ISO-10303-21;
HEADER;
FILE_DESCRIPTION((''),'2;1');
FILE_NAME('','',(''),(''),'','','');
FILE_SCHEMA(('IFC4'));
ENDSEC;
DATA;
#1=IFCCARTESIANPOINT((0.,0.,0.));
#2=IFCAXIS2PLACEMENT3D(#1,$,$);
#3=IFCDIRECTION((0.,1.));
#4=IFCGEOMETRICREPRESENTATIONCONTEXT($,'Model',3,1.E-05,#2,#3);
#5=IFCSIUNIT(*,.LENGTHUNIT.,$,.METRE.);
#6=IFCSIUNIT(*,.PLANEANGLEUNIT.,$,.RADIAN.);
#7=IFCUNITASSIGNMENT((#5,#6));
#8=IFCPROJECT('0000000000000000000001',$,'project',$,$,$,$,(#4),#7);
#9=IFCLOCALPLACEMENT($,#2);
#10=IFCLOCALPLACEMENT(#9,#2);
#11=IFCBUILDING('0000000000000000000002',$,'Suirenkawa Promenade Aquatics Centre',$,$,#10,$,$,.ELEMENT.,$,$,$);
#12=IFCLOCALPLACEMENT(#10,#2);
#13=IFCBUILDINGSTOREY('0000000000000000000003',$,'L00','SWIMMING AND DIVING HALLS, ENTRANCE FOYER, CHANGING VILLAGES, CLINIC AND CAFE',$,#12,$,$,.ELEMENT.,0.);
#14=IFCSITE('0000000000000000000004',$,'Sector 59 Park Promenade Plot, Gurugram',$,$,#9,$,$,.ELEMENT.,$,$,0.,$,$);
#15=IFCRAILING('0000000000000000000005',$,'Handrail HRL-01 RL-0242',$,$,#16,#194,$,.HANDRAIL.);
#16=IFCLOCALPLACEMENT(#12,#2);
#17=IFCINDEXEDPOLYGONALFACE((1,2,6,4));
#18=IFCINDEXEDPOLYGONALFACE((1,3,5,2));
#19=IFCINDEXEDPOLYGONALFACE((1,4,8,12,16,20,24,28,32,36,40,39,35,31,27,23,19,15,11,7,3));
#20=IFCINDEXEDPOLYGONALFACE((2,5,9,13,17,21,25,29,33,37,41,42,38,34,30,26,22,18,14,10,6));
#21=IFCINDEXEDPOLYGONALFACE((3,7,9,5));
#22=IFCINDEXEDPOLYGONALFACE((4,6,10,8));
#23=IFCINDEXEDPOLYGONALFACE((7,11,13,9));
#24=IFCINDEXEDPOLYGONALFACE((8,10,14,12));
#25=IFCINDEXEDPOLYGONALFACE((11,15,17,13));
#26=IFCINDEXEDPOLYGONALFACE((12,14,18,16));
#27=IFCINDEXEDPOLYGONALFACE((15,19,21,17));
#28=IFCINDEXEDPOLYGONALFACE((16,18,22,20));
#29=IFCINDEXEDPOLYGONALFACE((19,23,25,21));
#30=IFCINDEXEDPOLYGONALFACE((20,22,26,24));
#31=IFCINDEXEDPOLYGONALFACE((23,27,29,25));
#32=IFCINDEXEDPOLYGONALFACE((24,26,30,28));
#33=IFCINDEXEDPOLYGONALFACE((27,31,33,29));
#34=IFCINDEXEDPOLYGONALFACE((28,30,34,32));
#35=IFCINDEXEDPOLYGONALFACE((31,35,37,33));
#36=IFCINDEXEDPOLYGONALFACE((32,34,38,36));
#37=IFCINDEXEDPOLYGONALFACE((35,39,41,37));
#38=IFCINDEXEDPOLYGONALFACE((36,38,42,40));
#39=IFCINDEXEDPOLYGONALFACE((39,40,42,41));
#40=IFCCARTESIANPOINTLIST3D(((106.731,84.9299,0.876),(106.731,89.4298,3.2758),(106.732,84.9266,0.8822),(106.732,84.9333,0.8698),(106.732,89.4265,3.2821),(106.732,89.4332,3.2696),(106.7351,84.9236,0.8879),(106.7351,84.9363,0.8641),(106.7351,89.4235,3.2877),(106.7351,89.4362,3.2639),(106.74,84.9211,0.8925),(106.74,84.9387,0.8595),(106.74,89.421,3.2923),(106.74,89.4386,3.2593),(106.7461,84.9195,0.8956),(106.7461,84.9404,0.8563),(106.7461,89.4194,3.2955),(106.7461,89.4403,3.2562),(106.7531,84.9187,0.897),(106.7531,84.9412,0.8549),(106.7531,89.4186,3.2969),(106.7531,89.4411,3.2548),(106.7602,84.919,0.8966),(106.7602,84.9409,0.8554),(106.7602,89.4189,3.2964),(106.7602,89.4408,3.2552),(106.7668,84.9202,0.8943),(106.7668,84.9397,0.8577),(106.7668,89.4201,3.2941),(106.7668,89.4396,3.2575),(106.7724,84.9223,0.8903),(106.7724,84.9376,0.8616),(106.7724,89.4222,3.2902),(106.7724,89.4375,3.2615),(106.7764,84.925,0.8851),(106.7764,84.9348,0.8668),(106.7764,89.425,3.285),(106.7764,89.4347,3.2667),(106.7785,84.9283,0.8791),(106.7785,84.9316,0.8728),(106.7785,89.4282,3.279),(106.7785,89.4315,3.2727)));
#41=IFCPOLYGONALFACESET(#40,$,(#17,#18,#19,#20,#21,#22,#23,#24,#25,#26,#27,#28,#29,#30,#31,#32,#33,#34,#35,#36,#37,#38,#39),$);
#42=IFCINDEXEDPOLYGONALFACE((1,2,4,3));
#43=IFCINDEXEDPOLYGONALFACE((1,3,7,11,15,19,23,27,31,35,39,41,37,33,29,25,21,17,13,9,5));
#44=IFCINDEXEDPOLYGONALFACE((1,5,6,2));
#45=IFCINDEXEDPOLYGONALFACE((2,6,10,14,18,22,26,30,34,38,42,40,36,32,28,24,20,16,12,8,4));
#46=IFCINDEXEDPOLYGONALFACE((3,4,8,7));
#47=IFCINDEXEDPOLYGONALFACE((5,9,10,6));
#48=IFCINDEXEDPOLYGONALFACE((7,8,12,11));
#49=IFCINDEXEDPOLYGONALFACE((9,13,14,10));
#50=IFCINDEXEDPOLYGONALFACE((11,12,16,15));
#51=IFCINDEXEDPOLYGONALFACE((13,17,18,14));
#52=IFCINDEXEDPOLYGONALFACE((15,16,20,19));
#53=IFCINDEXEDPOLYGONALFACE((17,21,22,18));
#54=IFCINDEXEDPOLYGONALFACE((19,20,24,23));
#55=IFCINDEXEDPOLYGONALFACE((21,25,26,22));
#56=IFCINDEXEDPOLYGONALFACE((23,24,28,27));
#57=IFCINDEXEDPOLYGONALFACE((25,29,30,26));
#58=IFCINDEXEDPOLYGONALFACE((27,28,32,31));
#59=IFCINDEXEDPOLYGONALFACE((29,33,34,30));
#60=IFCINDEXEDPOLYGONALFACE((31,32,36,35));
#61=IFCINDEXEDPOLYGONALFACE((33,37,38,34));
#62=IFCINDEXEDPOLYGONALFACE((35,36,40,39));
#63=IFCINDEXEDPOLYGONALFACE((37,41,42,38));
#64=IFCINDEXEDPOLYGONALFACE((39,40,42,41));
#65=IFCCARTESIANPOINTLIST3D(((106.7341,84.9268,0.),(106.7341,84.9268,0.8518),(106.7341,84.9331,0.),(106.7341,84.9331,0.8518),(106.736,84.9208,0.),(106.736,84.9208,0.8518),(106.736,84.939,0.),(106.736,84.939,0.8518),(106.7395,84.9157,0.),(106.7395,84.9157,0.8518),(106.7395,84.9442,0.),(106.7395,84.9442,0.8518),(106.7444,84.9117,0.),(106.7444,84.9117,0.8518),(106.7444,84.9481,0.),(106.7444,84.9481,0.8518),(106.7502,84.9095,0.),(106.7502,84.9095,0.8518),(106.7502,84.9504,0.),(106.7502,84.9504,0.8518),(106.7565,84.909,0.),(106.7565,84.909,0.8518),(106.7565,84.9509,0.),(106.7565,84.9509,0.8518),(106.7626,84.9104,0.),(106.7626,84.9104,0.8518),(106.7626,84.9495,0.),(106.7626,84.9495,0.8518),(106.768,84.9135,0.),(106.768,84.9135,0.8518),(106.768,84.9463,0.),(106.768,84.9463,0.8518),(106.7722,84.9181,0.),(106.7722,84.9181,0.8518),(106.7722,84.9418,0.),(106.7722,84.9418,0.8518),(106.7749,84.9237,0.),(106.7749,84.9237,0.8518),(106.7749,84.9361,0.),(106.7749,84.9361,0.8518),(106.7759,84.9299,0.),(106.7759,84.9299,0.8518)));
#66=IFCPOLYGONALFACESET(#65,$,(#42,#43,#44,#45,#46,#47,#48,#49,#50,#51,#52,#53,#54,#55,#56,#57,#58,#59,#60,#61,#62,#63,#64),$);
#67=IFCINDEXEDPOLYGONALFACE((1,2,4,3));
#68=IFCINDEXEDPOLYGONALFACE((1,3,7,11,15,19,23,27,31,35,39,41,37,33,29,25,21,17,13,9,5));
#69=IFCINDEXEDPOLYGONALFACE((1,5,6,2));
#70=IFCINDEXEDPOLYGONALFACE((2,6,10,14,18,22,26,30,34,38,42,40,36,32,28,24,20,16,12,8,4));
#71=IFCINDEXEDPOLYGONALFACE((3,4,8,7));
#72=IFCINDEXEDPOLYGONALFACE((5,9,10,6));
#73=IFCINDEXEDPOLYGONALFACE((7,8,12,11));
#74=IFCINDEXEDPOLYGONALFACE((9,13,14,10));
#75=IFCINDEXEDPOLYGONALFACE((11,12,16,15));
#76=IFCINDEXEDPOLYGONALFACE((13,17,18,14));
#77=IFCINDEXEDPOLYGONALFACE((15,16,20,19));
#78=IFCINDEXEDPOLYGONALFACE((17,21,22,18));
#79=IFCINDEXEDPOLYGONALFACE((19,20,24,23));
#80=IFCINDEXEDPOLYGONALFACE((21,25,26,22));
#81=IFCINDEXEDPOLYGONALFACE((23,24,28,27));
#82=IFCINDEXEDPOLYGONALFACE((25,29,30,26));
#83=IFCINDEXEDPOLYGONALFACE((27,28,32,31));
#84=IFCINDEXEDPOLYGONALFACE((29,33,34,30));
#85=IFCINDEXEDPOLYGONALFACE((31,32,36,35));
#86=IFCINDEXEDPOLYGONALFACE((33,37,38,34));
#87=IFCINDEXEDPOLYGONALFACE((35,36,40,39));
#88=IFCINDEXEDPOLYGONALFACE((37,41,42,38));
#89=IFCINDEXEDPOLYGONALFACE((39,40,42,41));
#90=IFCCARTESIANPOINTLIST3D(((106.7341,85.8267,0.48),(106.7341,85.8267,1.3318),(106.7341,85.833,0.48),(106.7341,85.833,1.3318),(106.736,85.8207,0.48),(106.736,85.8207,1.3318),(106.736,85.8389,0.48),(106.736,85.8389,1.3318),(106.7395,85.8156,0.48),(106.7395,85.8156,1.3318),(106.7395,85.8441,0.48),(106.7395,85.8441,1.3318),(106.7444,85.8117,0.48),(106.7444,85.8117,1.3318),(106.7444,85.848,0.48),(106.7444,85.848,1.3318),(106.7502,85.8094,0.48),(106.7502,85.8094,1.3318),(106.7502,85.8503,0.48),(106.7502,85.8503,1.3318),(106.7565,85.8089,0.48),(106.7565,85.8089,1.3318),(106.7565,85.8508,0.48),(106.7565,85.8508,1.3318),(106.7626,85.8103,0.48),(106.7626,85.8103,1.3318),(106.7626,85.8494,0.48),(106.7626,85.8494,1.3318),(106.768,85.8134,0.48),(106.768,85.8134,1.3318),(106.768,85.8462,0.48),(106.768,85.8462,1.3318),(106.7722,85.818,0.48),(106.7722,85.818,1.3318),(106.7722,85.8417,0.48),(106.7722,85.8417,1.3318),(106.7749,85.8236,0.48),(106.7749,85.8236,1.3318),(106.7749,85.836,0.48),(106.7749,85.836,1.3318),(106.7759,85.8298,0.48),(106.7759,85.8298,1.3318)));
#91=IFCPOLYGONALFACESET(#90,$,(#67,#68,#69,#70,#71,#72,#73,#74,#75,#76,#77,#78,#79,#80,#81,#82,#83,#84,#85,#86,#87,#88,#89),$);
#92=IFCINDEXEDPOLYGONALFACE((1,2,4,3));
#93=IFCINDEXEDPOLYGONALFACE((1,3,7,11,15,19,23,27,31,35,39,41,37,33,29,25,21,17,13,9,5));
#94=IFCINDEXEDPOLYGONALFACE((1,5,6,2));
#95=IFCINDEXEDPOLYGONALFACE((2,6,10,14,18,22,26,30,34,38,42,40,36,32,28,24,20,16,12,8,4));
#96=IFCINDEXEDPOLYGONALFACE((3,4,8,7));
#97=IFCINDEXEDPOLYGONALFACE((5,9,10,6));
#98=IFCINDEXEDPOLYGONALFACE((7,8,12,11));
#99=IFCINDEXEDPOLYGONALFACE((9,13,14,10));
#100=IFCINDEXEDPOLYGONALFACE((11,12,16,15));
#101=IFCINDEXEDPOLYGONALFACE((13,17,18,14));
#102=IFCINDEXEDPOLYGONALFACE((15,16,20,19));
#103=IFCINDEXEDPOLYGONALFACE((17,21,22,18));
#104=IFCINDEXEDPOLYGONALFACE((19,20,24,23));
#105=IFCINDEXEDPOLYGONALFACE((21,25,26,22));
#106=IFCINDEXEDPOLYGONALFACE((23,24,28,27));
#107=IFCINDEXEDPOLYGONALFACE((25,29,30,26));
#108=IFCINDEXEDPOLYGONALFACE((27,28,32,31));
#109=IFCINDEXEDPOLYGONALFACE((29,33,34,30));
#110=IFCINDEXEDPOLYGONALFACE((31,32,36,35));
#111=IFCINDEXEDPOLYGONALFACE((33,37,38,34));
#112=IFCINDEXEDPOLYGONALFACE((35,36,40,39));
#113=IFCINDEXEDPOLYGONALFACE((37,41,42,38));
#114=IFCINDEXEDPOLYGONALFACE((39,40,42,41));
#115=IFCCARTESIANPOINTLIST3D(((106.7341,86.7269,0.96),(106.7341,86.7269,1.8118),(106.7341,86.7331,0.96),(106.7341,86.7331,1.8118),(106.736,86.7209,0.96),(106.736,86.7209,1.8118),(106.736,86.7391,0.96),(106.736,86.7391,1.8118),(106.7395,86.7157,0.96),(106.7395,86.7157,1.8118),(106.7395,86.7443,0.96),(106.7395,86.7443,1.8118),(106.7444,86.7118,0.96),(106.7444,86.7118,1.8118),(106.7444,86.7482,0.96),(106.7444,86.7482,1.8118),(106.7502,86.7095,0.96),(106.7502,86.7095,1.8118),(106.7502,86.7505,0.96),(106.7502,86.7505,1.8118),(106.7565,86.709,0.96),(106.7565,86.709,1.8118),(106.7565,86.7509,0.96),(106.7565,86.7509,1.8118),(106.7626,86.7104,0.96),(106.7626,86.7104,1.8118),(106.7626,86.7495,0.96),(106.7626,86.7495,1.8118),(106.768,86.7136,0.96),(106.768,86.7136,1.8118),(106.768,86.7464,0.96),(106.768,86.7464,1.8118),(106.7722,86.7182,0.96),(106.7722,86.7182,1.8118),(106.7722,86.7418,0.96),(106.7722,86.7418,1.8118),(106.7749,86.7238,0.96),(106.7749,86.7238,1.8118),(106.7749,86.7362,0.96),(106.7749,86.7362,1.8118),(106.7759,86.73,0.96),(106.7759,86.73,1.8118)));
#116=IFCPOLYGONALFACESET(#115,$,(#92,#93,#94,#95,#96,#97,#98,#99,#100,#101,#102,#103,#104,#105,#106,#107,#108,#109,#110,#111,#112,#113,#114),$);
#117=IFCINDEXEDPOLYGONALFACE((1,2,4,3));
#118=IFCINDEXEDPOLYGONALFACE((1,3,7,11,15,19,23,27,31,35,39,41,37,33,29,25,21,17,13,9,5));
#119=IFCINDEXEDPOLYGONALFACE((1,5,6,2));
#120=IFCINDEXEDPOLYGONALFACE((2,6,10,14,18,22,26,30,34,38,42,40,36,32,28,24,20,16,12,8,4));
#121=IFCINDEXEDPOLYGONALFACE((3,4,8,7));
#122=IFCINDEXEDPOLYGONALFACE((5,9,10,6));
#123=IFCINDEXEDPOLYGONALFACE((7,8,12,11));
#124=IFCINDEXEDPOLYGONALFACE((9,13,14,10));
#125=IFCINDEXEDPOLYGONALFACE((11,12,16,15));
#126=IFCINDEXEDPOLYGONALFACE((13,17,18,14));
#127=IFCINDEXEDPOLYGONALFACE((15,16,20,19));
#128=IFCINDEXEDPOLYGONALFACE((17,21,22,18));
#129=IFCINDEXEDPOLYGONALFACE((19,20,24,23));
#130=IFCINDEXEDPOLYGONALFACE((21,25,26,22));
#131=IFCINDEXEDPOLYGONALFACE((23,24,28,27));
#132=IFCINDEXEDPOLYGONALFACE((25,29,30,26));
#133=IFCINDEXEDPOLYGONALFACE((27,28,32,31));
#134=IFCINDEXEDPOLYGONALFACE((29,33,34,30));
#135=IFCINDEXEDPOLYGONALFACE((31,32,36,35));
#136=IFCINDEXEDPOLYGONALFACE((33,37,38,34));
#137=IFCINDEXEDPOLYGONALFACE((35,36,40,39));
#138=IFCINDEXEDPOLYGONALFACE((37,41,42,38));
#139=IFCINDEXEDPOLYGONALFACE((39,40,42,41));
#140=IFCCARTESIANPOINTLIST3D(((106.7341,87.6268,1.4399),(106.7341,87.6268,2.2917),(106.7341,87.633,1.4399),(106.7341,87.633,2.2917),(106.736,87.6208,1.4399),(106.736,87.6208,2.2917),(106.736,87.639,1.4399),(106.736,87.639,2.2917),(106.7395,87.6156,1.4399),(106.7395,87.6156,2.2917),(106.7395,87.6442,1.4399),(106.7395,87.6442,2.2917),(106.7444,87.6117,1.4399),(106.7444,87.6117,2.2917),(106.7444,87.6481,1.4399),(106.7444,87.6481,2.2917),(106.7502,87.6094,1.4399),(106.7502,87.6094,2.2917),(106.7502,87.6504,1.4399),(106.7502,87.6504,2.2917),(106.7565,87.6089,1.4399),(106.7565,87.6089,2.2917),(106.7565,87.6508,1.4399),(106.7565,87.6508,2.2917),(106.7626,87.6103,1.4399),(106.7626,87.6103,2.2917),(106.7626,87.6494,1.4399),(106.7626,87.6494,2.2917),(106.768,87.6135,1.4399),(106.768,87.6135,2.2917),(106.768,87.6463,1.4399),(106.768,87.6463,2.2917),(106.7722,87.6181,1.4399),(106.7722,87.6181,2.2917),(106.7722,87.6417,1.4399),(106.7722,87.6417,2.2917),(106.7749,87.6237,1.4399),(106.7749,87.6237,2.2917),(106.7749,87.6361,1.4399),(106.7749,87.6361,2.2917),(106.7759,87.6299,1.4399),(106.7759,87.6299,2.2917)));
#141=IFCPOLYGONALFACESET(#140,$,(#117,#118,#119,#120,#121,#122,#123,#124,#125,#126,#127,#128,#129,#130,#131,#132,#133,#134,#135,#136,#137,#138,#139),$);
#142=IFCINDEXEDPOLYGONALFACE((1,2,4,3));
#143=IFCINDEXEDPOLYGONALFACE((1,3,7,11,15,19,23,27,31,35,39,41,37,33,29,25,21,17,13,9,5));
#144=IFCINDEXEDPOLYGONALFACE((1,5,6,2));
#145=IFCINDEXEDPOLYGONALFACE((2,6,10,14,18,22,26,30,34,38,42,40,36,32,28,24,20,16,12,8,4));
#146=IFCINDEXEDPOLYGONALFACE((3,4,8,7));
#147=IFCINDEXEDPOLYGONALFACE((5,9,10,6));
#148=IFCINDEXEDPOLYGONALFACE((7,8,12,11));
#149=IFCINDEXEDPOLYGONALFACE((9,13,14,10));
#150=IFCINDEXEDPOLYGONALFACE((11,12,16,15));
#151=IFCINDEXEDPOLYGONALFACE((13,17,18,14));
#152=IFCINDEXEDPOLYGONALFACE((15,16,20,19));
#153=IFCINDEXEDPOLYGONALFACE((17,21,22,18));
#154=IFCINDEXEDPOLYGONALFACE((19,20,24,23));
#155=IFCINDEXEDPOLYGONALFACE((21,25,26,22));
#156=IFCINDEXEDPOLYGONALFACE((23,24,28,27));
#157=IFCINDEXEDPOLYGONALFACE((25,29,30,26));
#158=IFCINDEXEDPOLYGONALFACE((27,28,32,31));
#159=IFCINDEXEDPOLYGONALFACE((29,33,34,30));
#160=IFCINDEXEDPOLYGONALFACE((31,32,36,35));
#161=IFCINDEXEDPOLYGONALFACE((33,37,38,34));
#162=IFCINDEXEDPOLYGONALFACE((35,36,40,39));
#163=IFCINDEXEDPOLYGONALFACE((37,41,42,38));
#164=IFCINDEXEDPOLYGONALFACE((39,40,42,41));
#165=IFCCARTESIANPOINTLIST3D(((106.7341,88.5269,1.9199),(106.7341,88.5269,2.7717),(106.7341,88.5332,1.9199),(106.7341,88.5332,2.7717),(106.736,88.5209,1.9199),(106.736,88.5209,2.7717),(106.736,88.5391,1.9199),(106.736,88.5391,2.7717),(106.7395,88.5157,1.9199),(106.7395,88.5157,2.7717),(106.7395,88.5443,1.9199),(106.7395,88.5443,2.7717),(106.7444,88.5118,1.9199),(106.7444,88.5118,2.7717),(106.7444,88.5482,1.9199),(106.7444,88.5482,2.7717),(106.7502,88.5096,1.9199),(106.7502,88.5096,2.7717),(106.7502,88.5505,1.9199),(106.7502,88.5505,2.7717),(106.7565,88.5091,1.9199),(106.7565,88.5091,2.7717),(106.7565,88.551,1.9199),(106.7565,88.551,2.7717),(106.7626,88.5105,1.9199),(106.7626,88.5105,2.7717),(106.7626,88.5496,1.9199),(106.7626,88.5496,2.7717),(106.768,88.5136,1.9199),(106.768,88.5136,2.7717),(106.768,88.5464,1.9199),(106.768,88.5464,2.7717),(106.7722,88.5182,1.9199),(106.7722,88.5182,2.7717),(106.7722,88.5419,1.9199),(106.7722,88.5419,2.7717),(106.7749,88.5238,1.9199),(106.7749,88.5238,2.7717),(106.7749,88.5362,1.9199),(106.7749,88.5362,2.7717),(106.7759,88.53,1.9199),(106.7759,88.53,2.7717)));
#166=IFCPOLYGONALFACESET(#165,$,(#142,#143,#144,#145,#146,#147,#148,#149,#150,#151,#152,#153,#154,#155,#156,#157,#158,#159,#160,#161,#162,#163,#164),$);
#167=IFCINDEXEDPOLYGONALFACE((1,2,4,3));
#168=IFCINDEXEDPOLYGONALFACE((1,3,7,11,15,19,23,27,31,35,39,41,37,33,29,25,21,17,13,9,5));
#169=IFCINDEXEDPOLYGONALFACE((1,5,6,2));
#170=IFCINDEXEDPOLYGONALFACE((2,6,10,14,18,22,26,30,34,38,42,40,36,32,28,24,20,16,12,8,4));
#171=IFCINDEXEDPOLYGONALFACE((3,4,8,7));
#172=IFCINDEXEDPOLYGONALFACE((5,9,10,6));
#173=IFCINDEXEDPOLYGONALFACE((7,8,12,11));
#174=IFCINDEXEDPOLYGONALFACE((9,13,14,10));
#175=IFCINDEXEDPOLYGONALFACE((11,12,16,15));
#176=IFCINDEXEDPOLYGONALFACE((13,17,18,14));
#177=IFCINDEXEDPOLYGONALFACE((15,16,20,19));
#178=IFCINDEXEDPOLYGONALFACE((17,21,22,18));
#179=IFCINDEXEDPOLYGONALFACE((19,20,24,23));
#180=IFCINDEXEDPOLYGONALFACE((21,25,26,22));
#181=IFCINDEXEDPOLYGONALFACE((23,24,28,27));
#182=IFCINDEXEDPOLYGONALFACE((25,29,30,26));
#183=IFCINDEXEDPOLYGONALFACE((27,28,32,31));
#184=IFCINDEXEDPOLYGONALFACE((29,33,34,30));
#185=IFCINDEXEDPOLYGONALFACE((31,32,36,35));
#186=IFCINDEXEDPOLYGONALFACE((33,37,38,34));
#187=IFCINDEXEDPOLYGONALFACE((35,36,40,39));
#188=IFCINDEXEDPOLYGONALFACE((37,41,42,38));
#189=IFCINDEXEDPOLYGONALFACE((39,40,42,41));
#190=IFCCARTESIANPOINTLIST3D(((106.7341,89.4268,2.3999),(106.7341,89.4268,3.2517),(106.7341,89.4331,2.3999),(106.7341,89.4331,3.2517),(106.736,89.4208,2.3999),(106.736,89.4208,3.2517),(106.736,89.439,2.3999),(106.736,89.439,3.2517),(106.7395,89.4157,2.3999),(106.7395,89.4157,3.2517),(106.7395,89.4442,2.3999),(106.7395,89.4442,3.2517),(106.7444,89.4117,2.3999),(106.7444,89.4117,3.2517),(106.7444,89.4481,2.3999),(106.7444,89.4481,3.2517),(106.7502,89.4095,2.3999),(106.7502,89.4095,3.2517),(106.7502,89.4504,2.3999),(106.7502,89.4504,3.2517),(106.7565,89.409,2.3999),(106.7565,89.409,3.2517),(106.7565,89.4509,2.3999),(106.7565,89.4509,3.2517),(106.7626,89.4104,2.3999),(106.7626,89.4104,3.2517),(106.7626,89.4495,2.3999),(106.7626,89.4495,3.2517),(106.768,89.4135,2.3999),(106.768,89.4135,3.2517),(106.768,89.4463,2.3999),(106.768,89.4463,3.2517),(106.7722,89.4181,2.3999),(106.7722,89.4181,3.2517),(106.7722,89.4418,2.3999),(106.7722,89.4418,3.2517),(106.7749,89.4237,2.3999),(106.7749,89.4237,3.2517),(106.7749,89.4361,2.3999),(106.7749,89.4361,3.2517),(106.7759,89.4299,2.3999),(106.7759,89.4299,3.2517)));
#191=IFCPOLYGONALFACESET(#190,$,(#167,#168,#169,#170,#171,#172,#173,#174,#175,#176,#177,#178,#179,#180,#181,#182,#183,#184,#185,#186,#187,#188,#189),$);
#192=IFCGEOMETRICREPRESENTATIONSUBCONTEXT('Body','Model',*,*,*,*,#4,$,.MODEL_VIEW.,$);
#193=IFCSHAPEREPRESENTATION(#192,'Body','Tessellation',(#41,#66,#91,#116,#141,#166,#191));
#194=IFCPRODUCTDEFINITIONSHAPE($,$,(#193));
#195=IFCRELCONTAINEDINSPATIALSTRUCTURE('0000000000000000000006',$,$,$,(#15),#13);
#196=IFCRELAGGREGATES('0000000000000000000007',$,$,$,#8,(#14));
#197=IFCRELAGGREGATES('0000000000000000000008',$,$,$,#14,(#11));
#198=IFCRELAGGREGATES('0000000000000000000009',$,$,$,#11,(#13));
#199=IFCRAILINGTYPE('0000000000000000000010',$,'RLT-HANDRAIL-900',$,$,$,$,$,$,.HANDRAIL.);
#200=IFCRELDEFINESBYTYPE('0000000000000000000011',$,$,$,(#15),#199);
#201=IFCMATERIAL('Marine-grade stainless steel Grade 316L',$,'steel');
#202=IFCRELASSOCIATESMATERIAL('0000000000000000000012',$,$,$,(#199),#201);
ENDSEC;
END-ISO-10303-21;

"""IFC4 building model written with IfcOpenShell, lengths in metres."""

from ifc_helpers import new_model, si_unit, direction, frame, origin, origin_2d, place, context, subcontext, project, spatial, circle, extrude, material, type_object, element, save


model = new_model("IFC4")

# Units and contexts
model_context = context("Model", 3, precision=1e-05, world=origin(), true_north=direction((0.0, 1.0)))
body_context = subcontext(model_context, "Body", "Model", "MODEL_VIEW")
ifc_project = project(units=[si_unit("LENGTHUNIT", "METRE"), si_unit("PLANEANGLEUNIT", "RADIAN")], contexts=[model_context])

# Site, building, storey
site_placement = place(None, origin())
site = spatial("IfcSite", under=ifc_project, at=site_placement, Name="Sector 59 Park Promenade Plot, Gurugram", CompositionType="ELEMENT", RefElevation=0.0)
building_placement = place(site_placement, origin())
building = spatial("IfcBuilding", under=site, at=building_placement, Name="Suirenkawa Promenade Aquatics Centre", CompositionType="ELEMENT")
storey_placement = place(building_placement, origin())
storey = spatial("IfcBuildingStorey", under=building, at=storey_placement, Name="L00", Description="SWIMMING AND DIVING HALLS, ENTRANCE FOYER, CHANGING VILLAGES, CLINIC AND CAFE", CompositionType="ELEMENT", Elevation=0.0)

# Railing
ifc_material_1 = material(Name="Marine-grade stainless steel Grade 316L", Category="steel")
railing_type_1 = type_object("IfcRailingType", Name="RLT-HANDRAIL-900", PredefinedType="HANDRAIL", material=ifc_material_1)
for number, where, name in (
    (1, (106.7549, 84.9299, 0.0), "Handrail HRL-01 RL-0242"),
):
    element("IfcRailing", number, at=place(storey_placement, frame(where)), inside=storey, type_object=railing_type_1, Name=name, PredefinedType="HANDRAIL", context=body_context, shape_type="SweptSolid", body=[
        extrude(circle(Radius=0.0239, at=origin_2d()), frame((0.0, 0.0, 0.876), z_axis=(0.0, 0.882361, 0.470573), x_axis=(-1.0, 0.0, 0.0)), (0.0, 0.0, 1.0), 5.0999),
        extrude(circle(Radius=0.021, at=origin_2d()), origin(), (0.0, 0.0, 1.0), 0.8518),
        extrude(circle(Radius=0.021, at=origin_2d()), frame((0.0, 0.8999, 0.48)), (0.0, 0.0, 1.0), 0.8518),
        extrude(circle(Radius=0.021, at=origin_2d()), frame((0.0, 1.8, 0.96)), (0.0, 0.0, 1.0), 0.8518),
        extrude(circle(Radius=0.021, at=origin_2d()), frame((0.0, 2.7, 1.4399)), (0.0, 0.0, 1.0), 0.8518),
        extrude(circle(Radius=0.021, at=origin_2d()), frame((0.0, 3.6001, 1.9199)), (0.0, 0.0, 1.0), 0.8518),
        extrude(circle(Radius=0.021, at=origin_2d()), frame((0.0, 4.5, 2.3999)), (0.0, 0.0, 1.0), 0.8518),
    ])

save(model, "model.ifc")
